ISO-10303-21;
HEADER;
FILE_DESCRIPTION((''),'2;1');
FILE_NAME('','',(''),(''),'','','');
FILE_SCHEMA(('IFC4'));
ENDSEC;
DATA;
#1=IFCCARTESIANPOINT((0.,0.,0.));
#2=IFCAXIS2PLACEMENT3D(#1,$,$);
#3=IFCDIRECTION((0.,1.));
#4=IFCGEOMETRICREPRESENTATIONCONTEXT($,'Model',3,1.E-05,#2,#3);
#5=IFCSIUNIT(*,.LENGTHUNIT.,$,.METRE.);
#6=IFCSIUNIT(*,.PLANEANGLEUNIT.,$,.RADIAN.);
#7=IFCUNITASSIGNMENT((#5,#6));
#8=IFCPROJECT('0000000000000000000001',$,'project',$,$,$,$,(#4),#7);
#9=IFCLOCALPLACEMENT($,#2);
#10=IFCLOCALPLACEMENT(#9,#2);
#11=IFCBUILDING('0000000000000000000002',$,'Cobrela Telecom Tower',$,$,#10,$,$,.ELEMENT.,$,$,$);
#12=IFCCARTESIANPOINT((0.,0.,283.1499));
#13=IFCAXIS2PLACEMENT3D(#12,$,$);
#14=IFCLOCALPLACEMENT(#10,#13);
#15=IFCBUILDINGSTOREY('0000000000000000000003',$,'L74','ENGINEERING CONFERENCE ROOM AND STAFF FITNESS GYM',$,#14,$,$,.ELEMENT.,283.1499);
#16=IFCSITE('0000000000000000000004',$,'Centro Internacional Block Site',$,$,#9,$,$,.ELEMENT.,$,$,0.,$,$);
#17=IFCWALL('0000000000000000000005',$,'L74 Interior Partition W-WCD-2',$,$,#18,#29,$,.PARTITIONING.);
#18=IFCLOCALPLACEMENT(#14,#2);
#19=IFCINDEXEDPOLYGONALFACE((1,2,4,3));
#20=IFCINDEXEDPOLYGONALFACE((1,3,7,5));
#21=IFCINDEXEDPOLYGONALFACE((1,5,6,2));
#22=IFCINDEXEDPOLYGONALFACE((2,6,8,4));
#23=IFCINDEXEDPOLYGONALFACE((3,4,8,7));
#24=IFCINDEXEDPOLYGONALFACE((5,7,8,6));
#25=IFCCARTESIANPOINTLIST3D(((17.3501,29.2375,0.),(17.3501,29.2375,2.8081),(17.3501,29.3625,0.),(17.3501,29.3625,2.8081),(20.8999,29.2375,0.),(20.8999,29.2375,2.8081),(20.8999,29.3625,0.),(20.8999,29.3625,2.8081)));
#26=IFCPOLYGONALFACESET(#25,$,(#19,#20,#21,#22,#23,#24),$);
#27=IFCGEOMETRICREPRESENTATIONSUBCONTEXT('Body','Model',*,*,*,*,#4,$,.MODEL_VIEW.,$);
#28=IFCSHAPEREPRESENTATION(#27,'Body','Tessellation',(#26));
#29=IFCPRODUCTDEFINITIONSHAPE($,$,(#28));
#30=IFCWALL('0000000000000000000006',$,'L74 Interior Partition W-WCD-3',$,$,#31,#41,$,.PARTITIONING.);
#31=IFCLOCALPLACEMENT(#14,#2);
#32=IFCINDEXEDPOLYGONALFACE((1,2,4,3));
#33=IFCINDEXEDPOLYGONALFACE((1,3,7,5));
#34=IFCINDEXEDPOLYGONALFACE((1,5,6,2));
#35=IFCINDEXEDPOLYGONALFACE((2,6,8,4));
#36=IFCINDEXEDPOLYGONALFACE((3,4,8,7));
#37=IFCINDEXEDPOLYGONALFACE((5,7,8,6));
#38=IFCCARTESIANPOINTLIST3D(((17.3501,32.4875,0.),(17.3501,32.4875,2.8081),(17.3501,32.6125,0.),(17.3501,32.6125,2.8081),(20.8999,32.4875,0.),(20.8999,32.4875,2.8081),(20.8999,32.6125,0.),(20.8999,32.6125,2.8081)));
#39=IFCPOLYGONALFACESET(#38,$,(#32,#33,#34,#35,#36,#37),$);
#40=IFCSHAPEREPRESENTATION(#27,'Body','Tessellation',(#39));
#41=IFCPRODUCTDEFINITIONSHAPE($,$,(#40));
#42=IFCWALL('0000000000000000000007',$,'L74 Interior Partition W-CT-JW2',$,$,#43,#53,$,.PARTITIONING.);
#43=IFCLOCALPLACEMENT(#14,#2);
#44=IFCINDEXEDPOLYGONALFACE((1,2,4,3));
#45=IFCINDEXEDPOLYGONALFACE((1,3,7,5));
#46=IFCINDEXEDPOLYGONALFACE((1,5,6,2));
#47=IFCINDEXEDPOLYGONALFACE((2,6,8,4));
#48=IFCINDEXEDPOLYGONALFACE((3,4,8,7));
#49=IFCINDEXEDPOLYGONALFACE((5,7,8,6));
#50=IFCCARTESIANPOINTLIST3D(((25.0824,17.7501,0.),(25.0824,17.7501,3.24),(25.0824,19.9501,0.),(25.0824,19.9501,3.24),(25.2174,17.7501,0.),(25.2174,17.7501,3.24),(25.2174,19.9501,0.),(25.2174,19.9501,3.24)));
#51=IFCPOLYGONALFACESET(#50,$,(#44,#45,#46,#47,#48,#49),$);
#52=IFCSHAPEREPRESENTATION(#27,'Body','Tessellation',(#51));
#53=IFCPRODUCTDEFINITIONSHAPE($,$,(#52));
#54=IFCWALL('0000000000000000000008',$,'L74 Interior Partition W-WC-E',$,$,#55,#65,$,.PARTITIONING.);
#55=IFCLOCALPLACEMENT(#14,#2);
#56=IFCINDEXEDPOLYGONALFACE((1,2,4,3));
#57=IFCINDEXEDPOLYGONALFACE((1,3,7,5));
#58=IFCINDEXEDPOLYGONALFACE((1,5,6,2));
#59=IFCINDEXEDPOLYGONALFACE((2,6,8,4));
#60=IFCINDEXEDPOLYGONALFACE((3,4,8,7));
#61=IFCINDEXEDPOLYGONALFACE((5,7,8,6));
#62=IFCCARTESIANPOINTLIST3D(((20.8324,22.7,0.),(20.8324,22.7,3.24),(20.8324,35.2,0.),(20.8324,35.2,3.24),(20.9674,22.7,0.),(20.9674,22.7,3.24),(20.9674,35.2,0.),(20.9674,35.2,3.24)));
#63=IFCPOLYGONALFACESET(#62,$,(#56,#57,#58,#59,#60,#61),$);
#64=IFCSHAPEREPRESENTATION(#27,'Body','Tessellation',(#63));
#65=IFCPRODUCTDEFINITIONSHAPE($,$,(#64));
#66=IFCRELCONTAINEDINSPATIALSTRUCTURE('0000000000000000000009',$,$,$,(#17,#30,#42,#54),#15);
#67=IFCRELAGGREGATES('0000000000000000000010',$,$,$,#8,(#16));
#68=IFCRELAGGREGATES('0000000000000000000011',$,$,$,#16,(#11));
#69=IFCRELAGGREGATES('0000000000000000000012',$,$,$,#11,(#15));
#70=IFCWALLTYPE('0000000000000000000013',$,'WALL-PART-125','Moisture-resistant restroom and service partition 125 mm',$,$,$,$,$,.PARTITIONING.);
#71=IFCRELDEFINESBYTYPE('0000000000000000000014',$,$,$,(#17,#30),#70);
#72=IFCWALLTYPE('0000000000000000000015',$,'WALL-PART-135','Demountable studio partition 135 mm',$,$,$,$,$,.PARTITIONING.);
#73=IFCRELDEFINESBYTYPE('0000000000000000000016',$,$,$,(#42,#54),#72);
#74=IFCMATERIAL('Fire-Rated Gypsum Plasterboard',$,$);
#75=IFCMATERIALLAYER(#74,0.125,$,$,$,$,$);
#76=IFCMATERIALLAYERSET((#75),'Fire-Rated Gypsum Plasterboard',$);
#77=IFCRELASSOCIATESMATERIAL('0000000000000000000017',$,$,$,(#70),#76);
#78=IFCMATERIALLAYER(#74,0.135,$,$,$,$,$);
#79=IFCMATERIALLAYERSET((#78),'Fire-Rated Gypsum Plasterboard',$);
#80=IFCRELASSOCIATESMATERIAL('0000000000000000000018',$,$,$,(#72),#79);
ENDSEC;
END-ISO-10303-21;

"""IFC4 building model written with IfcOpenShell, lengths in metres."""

from ifc_helpers import new_model, si_unit, direction, frame, frame_2d, origin, place, context, subcontext, project, spatial, rectangle, extrude, material, layer, layer_set, type_object, element, save


model = new_model("IFC4")

# Units and contexts
model_context = context("Model", 3, precision=1e-05, world=origin(), true_north=direction((0.0, 1.0)))
body_context = subcontext(model_context, "Body", "Model", "MODEL_VIEW")
ifc_project = project(units=[si_unit("LENGTHUNIT", "METRE"), si_unit("PLANEANGLEUNIT", "RADIAN")], contexts=[model_context])

# Site, building, storey
site_placement = place(None, origin())
site = spatial("IfcSite", under=ifc_project, at=site_placement, Name="Centro Internacional Block Site", CompositionType="ELEMENT", RefElevation=0.0)
building_placement = place(site_placement, origin())
building = spatial("IfcBuilding", under=site, at=building_placement, Name="Cobrela Telecom Tower", CompositionType="ELEMENT")
storey_placement = place(building_placement, frame((0.0, 0.0, 283.1499)))
storey = spatial("IfcBuildingStorey", under=building, at=storey_placement, Name="L74", Description="ENGINEERING CONFERENCE ROOM AND STAFF FITNESS GYM", CompositionType="ELEMENT", Elevation=283.1499)

# Walls
ifc_material_1 = material(Name="Fire-Rated Gypsum Plasterboard")
ifc_layer_1 = layer(ifc_material_1, 0.125)
ifc_layer_set_1 = layer_set([ifc_layer_1], Name="Fire-Rated Gypsum Plasterboard")
wall_type_1 = type_object("IfcWallType", Name="WALL-PART-125", Description="Moisture-resistant restroom and service partition 125 mm", PredefinedType="PARTITIONING", material=ifc_layer_set_1)
for number, where, z_axis, x_axis, name in (
    (1, (17.3501, 29.3, 0.0), (0.0, 0.0, 1.0), (1.0, 0.0, 0.0), "L74 Interior Partition W-WCD-2"),
    (2, (17.3501, 32.55, 0.0), (0.0, 0.0, 1.0), (1.0, 0.0, 0.0), "L74 Interior Partition W-WCD-3"),
):
    element("IfcWall", number, at=place(storey_placement, frame(where, z_axis=z_axis, x_axis=x_axis)), inside=storey, type_object=wall_type_1, Name=name, PredefinedType="PARTITIONING", context=body_context, shape_type="SweptSolid", body=[
        extrude(rectangle(XDim=3.5498, YDim=0.125, at=frame_2d((1.7749, 0.0))), origin(), (0.0, 0.0, 1.0), 2.8081),
    ])
ifc_layer_2 = layer(ifc_material_1, 0.135)
ifc_layer_set_2 = layer_set([ifc_layer_2], Name="Fire-Rated Gypsum Plasterboard")
wall_type_2 = type_object("IfcWallType", Name="WALL-PART-135", Description="Demountable studio partition 135 mm", PredefinedType="PARTITIONING", material=ifc_layer_set_2)
wall_1_placement = place(storey_placement, frame((25.1499, 17.75, 0.0), z_axis=(0.0, 0.0, 1.0), x_axis=(0.0, 1.0, 0.0)))
element("IfcWall", 3, at=wall_1_placement, inside=storey, type_object=wall_type_2, Name="L74 Interior Partition W-CT-JW2", PredefinedType="PARTITIONING", context=body_context, shape_type="SweptSolid", body=[
    extrude(rectangle(XDim=2.2, YDim=0.135, at=frame_2d((1.1001, 0.0))), origin(), (0.0, 0.0, 1.0), 3.24),
])
wall_2_placement = place(storey_placement, frame((20.8999, 22.7, 0.0), z_axis=(0.0, 0.0, 1.0), x_axis=(0.0, 1.0, 0.0)))
element("IfcWall", 4, at=wall_2_placement, inside=storey, type_object=wall_type_2, Name="L74 Interior Partition W-WC-E", PredefinedType="PARTITIONING", context=body_context, shape_type="SweptSolid", body=[
    extrude(rectangle(XDim=12.5, YDim=0.135, at=frame_2d((6.25, 0.0))), origin(), (0.0, 0.0, 1.0), 3.24),
])

save(model, "model.ifc")
